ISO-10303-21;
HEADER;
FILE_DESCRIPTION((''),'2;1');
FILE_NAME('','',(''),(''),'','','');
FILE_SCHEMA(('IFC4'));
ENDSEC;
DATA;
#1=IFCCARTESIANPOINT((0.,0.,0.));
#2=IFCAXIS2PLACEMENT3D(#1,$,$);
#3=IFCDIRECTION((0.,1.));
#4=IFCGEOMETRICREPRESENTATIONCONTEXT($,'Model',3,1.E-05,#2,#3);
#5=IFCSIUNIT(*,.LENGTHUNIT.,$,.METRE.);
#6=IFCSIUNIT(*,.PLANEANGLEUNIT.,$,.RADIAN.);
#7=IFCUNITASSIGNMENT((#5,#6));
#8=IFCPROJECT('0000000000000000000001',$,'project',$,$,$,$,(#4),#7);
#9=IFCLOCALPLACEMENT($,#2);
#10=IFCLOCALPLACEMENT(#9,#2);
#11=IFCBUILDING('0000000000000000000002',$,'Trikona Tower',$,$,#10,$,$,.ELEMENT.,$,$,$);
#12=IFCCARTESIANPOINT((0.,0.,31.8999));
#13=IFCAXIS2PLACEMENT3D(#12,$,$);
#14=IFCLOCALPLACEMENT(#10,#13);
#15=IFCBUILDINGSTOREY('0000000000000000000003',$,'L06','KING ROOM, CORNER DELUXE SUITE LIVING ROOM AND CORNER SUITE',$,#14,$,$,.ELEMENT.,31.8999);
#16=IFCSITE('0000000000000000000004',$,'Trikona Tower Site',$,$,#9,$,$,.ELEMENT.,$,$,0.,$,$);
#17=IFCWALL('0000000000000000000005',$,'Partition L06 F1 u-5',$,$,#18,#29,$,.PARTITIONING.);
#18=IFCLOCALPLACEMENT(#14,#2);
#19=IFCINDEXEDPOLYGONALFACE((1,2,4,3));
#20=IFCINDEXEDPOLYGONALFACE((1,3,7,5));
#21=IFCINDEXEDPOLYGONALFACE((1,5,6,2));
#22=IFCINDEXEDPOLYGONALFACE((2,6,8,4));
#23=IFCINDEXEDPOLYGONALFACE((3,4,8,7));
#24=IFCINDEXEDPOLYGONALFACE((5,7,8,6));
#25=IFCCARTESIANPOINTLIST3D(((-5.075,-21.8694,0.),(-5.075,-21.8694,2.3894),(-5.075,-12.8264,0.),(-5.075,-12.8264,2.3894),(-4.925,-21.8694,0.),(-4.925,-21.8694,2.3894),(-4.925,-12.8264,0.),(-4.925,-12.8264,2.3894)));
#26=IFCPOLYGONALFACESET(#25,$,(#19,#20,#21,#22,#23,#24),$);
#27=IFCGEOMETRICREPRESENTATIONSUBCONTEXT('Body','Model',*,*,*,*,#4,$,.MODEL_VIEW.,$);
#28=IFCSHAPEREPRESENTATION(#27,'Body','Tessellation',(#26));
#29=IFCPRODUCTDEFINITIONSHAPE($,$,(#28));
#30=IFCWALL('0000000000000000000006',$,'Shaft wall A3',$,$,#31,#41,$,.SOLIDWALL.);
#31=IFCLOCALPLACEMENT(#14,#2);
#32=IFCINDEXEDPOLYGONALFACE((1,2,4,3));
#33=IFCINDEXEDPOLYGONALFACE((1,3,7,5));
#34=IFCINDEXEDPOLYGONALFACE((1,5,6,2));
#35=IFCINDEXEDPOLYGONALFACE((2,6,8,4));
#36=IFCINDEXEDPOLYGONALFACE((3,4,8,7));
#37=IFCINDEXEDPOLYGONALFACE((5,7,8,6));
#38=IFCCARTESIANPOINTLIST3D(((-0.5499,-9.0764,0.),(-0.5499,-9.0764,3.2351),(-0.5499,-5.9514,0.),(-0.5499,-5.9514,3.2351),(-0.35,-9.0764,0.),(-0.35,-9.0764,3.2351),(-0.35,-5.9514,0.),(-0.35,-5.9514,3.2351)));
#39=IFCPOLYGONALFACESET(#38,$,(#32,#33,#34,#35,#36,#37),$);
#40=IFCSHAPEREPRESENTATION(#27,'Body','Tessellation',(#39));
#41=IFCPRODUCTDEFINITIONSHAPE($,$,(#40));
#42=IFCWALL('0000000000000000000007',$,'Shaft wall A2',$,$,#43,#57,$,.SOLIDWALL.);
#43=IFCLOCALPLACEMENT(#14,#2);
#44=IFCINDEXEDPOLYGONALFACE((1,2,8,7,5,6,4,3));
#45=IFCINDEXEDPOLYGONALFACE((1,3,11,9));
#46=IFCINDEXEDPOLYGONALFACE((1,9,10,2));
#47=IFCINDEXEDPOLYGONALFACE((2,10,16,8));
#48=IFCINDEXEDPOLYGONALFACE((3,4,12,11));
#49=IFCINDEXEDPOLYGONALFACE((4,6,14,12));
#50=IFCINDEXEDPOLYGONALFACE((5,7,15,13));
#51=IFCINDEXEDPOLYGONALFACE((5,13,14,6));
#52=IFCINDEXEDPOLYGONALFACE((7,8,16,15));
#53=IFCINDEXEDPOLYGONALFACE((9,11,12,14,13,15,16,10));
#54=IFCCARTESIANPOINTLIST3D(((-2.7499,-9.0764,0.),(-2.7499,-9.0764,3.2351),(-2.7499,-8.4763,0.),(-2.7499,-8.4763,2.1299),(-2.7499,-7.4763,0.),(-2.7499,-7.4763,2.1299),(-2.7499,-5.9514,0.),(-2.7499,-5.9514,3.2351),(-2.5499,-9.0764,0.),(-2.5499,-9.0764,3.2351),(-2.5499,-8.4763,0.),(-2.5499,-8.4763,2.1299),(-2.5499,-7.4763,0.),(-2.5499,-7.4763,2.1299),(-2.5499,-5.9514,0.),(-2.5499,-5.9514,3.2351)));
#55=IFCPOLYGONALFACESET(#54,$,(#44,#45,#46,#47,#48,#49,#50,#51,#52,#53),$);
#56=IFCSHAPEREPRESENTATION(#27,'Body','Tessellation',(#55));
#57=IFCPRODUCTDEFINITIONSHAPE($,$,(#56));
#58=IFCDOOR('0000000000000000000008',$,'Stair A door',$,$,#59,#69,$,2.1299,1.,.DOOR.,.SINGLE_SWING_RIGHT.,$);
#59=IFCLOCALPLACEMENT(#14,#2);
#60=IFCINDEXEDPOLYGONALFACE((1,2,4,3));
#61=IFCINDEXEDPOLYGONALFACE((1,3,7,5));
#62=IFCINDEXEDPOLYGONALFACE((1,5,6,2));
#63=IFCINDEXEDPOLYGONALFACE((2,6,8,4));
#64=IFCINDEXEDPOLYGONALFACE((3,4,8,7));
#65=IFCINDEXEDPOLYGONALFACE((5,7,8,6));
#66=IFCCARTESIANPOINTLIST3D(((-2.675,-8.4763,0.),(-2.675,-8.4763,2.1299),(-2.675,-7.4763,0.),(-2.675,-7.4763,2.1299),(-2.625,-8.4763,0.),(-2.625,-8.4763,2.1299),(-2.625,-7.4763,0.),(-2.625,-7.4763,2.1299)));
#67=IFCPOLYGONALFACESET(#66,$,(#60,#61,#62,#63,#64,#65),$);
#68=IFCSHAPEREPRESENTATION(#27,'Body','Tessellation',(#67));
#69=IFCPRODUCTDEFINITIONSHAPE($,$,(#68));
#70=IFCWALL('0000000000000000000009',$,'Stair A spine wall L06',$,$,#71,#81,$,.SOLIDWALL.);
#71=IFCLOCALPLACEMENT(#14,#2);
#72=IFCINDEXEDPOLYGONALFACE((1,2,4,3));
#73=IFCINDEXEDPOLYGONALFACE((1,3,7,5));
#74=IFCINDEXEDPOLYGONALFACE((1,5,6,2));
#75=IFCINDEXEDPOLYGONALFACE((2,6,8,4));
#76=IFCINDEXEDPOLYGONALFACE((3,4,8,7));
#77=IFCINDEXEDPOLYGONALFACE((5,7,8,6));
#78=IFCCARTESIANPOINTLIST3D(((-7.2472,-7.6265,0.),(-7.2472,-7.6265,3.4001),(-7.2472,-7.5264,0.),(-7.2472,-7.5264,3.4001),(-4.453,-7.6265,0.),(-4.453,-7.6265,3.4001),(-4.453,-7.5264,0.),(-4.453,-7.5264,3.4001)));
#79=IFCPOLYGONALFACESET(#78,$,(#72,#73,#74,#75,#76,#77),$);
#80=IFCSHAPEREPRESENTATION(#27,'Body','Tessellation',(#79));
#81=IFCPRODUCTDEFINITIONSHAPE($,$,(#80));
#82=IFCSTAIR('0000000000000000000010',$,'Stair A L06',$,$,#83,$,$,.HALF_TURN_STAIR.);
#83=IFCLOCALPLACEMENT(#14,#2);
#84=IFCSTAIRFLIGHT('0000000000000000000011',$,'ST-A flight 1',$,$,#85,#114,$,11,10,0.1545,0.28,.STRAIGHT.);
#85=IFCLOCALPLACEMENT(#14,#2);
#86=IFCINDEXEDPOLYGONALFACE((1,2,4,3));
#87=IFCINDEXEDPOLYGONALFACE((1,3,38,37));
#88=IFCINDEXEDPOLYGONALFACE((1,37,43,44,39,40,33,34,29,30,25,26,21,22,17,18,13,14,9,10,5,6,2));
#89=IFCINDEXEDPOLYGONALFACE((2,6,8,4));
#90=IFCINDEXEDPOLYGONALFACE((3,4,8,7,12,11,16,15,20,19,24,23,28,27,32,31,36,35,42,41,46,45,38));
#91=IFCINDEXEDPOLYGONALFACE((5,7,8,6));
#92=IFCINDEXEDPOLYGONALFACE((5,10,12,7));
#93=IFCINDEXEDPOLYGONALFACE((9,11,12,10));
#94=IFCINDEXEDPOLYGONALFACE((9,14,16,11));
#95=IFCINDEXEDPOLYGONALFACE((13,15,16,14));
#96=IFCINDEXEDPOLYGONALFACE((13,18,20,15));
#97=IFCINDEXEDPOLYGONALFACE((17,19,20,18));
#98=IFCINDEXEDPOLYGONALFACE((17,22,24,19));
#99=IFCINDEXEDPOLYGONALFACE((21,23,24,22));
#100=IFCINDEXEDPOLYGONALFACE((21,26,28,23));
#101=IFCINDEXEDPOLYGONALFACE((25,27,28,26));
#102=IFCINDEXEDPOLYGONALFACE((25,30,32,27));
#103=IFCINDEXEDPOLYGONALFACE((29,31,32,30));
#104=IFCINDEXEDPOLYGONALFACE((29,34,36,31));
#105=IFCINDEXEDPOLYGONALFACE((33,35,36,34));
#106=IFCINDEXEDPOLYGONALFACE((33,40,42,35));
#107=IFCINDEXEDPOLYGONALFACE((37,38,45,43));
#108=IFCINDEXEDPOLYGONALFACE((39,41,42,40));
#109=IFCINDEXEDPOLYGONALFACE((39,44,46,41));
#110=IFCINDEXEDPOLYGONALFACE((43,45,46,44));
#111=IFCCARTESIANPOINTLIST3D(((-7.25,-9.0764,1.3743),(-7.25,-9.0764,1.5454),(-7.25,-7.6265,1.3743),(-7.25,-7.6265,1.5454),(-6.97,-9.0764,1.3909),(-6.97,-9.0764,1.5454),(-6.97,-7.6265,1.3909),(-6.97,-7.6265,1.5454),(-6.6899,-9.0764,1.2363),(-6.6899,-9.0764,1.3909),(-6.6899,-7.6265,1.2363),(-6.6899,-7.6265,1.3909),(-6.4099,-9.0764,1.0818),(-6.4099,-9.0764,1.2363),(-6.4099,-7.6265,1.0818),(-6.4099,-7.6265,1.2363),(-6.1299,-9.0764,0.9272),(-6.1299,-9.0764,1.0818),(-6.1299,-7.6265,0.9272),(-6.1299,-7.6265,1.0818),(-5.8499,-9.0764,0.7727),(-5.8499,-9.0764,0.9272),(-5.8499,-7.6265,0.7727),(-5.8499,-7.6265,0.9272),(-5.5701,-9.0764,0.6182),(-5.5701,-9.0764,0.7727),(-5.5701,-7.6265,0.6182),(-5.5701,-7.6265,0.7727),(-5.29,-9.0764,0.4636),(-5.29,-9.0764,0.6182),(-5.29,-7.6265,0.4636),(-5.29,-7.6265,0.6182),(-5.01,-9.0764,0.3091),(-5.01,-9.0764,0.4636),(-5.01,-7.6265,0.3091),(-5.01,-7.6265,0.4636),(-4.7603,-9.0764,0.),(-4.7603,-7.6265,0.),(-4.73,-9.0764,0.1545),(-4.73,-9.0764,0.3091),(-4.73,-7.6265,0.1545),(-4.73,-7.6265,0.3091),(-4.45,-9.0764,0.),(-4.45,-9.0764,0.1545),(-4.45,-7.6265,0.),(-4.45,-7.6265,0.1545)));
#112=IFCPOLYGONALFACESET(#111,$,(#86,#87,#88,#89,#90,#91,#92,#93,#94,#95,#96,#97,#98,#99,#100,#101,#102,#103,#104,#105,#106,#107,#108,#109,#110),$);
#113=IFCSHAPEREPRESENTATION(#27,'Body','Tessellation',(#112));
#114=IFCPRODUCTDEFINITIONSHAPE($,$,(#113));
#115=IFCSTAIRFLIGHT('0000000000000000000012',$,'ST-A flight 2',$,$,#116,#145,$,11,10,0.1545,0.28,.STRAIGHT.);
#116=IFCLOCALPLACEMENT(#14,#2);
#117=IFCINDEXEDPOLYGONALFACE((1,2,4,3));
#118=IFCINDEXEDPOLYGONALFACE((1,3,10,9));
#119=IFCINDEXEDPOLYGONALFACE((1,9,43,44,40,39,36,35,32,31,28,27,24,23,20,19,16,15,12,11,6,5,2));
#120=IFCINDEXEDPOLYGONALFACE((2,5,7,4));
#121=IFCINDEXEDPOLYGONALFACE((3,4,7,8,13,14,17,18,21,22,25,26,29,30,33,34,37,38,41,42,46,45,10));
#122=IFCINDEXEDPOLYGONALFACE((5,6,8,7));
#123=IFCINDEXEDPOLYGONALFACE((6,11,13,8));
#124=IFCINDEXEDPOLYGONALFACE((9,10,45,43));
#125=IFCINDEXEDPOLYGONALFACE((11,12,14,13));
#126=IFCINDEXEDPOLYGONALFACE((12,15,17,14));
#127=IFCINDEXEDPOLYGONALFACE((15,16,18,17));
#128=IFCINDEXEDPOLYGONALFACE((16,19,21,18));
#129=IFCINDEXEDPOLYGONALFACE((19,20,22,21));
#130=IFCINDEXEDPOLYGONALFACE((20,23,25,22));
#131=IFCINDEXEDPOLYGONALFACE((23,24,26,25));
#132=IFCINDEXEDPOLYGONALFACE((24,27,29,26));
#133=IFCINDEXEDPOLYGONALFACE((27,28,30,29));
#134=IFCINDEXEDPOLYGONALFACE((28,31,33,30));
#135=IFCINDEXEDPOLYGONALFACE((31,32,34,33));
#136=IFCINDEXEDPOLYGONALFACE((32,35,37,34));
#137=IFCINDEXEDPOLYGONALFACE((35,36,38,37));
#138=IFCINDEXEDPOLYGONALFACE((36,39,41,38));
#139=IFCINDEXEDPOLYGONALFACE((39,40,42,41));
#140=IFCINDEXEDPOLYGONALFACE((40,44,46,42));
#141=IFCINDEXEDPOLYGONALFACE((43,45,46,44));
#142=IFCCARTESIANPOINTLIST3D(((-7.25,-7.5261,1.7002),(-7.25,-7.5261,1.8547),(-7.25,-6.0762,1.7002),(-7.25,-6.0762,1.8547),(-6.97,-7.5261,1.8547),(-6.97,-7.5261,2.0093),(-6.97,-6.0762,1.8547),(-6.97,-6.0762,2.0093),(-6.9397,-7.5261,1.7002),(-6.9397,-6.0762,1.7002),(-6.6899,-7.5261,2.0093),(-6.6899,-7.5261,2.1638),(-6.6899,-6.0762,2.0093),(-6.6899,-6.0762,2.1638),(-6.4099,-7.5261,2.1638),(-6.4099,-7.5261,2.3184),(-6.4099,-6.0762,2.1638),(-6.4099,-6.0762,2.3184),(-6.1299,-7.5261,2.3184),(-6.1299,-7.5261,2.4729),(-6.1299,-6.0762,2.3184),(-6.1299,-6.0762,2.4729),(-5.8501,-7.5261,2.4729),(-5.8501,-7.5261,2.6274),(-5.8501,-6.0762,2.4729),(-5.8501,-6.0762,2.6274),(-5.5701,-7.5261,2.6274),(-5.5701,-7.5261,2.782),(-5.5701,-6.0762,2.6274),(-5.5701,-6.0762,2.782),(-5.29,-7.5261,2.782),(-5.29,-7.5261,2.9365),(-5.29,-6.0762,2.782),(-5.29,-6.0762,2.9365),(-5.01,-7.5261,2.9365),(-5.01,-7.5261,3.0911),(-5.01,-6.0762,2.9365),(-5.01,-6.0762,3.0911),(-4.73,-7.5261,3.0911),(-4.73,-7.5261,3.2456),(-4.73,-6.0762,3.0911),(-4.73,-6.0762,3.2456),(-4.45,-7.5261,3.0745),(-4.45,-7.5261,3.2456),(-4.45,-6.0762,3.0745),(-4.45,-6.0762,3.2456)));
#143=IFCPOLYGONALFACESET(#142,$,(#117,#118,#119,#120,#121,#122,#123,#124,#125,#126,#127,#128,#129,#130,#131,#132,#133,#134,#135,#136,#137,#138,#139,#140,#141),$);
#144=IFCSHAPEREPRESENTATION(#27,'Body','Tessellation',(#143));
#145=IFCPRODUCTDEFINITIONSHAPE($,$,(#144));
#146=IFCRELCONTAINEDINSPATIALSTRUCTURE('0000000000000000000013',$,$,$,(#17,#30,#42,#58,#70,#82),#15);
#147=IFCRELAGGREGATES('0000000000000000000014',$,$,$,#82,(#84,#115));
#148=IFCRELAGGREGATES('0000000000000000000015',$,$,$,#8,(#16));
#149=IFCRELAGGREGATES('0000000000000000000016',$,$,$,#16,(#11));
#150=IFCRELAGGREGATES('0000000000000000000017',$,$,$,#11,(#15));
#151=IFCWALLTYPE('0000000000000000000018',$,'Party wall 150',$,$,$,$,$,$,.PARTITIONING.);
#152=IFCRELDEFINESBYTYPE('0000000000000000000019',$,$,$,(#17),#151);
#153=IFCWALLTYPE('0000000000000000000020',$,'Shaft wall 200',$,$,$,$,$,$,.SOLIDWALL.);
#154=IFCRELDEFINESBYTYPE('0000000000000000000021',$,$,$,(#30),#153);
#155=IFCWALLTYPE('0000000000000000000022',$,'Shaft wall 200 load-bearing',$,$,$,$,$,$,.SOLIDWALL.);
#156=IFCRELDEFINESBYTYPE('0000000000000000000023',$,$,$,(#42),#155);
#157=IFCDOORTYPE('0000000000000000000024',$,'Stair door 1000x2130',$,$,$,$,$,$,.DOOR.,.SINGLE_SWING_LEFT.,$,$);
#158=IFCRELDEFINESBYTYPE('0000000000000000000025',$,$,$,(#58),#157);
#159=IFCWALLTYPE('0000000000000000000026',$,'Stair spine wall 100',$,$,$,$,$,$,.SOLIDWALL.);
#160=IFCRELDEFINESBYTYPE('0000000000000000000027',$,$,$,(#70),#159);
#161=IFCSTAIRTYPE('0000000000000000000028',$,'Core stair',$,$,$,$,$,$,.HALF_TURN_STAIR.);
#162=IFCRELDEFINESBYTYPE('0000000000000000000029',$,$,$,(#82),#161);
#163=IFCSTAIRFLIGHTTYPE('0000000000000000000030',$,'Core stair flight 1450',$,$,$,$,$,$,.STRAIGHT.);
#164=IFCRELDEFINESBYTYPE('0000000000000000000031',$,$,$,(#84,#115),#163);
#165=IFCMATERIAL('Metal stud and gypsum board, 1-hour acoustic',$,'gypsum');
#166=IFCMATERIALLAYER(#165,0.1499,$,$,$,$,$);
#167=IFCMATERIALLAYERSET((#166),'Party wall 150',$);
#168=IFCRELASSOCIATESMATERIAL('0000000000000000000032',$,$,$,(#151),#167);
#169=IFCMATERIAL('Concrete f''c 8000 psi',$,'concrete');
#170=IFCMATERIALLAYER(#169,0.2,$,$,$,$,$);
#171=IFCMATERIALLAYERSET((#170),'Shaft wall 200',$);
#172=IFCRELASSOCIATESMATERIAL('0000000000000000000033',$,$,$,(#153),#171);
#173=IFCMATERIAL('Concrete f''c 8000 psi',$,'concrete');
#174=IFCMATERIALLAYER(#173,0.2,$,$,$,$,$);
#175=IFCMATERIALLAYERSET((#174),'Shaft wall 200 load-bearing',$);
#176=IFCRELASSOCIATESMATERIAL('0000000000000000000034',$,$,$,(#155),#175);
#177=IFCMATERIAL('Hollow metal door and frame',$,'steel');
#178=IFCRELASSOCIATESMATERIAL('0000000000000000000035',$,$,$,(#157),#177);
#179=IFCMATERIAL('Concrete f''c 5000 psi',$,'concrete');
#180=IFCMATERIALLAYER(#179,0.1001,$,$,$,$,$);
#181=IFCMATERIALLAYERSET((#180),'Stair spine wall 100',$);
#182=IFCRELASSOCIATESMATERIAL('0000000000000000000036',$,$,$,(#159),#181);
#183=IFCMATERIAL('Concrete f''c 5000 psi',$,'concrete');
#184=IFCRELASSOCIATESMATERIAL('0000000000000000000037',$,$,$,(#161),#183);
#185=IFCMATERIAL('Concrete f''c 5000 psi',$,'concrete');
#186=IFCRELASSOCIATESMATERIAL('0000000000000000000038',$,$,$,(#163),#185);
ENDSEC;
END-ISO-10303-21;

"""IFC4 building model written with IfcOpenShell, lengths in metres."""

from ifc_helpers import new_model, si_unit, direction, frame, frame_2d, origin, place, context, subcontext, project, spatial, polyline, rectangle, outline, extrude, material, layer, layer_set, type_object, element, fill, aggregate, save


model = new_model("IFC4")

# Units and contexts
model_context = context("Model", 3, precision=1e-05, world=origin(), true_north=direction((0.0, 1.0)))
body_context = subcontext(model_context, "Body", "Model", "MODEL_VIEW")
ifc_project = project(units=[si_unit("LENGTHUNIT", "METRE"), si_unit("PLANEANGLEUNIT", "RADIAN")], contexts=[model_context])

# Site, building, storey
site_placement = place(None, origin())
site = spatial("IfcSite", under=ifc_project, at=site_placement, Name="Trikona Tower Site", CompositionType="ELEMENT", RefElevation=0.0)
building_placement = place(site_placement, origin())
building = spatial("IfcBuilding", under=site, at=building_placement, Name="Trikona Tower", CompositionType="ELEMENT")
storey_placement = place(building_placement, frame((0.0, 0.0, 31.8999)))
storey = spatial("IfcBuildingStorey", under=building, at=storey_placement, Name="L06", Description="KING ROOM, CORNER DELUXE SUITE LIVING ROOM AND CORNER SUITE", CompositionType="ELEMENT", Elevation=31.8999)

# Walls
ifc_material_1 = material(Name="Metal stud and gypsum board, 1-hour acoustic", Category="gypsum")
ifc_layer_1 = layer(ifc_material_1, 0.1499)
ifc_layer_set_1 = layer_set([ifc_layer_1], Name="Party wall 150")
wall_type_1 = type_object("IfcWallType", Name="Party wall 150", PredefinedType="PARTITIONING", material=ifc_layer_set_1)
wall_1_placement = place(storey_placement, frame((-5.0, -12.8264, 0.0), z_axis=(0.0, 0.0, 1.0), x_axis=(0.0, -1.0, 0.0)))
element("IfcWall", 1, at=wall_1_placement, inside=storey, type_object=wall_type_1, Name="Partition L06 F1 u-5", PredefinedType="PARTITIONING", context=body_context, shape_type="SweptSolid", body=[
    extrude(rectangle(XDim=9.043, YDim=0.1499, at=frame_2d((4.5215, 0.0))), origin(), (0.0, 0.0, 1.0), 2.3894),
])
ifc_material_2 = material(Name="Concrete f'c 8000 psi", Category="concrete")
ifc_layer_2 = layer(ifc_material_2, 0.2)
ifc_layer_set_2 = layer_set([ifc_layer_2], Name="Shaft wall 200")
wall_type_2 = type_object("IfcWallType", Name="Shaft wall 200", PredefinedType="SOLIDWALL", material=ifc_layer_set_2)
wall_2_placement = place(storey_placement, frame((-0.45, -5.9514, 0.0), z_axis=(0.0, 0.0, 1.0), x_axis=(0.0, -1.0, 0.0)))
element("IfcWall", 2, at=wall_2_placement, inside=storey, type_object=wall_type_2, Name="Shaft wall A3", PredefinedType="SOLIDWALL", context=body_context, shape_type="SweptSolid", body=[
    extrude(rectangle(XDim=3.125, YDim=0.2, at=frame_2d((1.5625, 0.0))), origin(), (0.0, 0.0, 1.0), 3.2351),
])

# Wall, opening, door
ifc_material_3 = material(Name="Concrete f'c 8000 psi", Category="concrete")
ifc_layer_3 = layer(ifc_material_3, 0.2)
ifc_layer_set_3 = layer_set([ifc_layer_3], Name="Shaft wall 200 load-bearing")
wall_type_3 = type_object("IfcWallType", Name="Shaft wall 200 load-bearing", PredefinedType="SOLIDWALL", material=ifc_layer_set_3)
wall_3_placement = place(storey_placement, frame((-2.6499, -5.9514, 0.0), z_axis=(0.0, 0.0, 1.0), x_axis=(0.0, -1.0, 0.0)))
wall_3 = element("IfcWall", 3, at=wall_3_placement, inside=storey, type_object=wall_type_3, Name="Shaft wall A2", PredefinedType="SOLIDWALL", context=body_context, shape_type="SweptSolid", body=[
    extrude(rectangle(XDim=3.125, YDim=0.2, at=frame_2d((1.5625, 0.0))), origin(), (0.0, 0.0, 1.0), 3.2351),
])
opening_1_placement = place(wall_3_placement, frame((1.5249, 0.0, 0.0)))
opening_1 = element("IfcOpeningElement", 4, at=opening_1_placement, cuts=wall_3, PredefinedType="OPENING", context=body_context, shape_type="SweptSolid", body=[
    extrude(rectangle(XDim=1.0, YDim=2.1299, at=frame_2d((0.5, 1.0649))), frame((0.0, 0.1099, 0.0), z_axis=(0.0, -1.0, 0.0), x_axis=(1.0, 0.0, 0.0)), (0.0, 0.0, 1.0), 0.22),
])
ifc_material_4 = material(Name="Hollow metal door and frame", Category="steel")
door_type_1 = type_object("IfcDoorType", Name="Stair door 1000x2130", OperationType="SINGLE_SWING_LEFT", PredefinedType="DOOR", material=ifc_material_4)
door_1_placement = place(opening_1_placement, origin())
door_1 = element("IfcDoor", 5, at=door_1_placement, inside=storey, type_object=door_type_1, Name="Stair A door", OperationType="SINGLE_SWING_RIGHT", OverallHeight=2.1299, OverallWidth=1.0, PredefinedType="DOOR", context=body_context, shape_type="SweptSolid", body=[
    extrude(rectangle(XDim=1.0, YDim=2.1299, at=frame_2d((0.5, 1.0649))), frame((0.0, 0.0249, 0.0), z_axis=(0.0, -1.0, 0.0), x_axis=(1.0, 0.0, 0.0)), (0.0, 0.0, 1.0), 0.05),
])
fill(opening_1, door_1)

# Wall
ifc_material_5 = material(Name="Concrete f'c 5000 psi", Category="concrete")
ifc_layer_4 = layer(ifc_material_5, 0.1001)
ifc_layer_set_4 = layer_set([ifc_layer_4], Name="Stair spine wall 100")
wall_type_4 = type_object("IfcWallType", Name="Stair spine wall 100", PredefinedType="SOLIDWALL", material=ifc_layer_set_4)
wall_4_placement = place(storey_placement, frame((-7.2471, -7.5764, 0.0), z_axis=(0.0, 0.0, 1.0), x_axis=(1.0, 0.0, 0.0)))
element("IfcWall", 6, at=wall_4_placement, inside=storey, type_object=wall_type_4, Name="Stair A spine wall L06", PredefinedType="SOLIDWALL", context=body_context, shape_type="SweptSolid", body=[
    extrude(rectangle(XDim=2.7942, YDim=0.1001, at=frame_2d((1.397, 0.0))), origin(), (0.0, 0.0, 1.0), 3.4001),
])

# Stair, stair flights
ifc_material_6 = material(Name="Concrete f'c 5000 psi", Category="concrete")
stair_type = type_object("IfcStairType", Name="Core stair", PredefinedType="HALF_TURN_STAIR", material=ifc_material_6)
stair_placement = place(storey_placement, origin())
stair = element("IfcStair", 7, at=stair_placement, inside=storey, type_object=stair_type, Name="Stair A L06", PredefinedType="HALF_TURN_STAIR")
ifc_material_7 = material(Name="Concrete f'c 5000 psi", Category="concrete")
stair_flight_type = type_object("IfcStairFlightType", Name="Core stair flight 1450", PredefinedType="STRAIGHT", material=ifc_material_7)
stair_flight_1_placement = place(storey_placement, frame((-4.45, -8.3513, 0.0), z_axis=(0.0, 0.0, 1.0), x_axis=(-1.0, 0.0, 0.0)))
stair_flight_1 = element("IfcStairFlight", 8, at=stair_flight_1_placement, type_object=stair_flight_type, Name="ST-A flight 1", NumberOfRisers=11, NumberOfTreads=10, PredefinedType="STRAIGHT", RiserHeight=0.1545, TreadLength=0.28, context=body_context, shape_type="SweptSolid", body=[
    extrude(outline(polyline([(0.0, 0.0), (0.0, 0.1545), (0.28, 0.1545), (0.28, 0.3091), (0.5601, 0.3091), (0.5601, 0.4636), (0.8401, 0.4636), (0.8401, 0.6182), (1.1201, 0.6182), (1.1201, 0.7727), (1.3999, 0.7727), (1.3999, 0.9272), (1.6799, 0.9272), (1.6799, 1.0818), (1.96, 1.0818), (1.96, 1.2363), (2.24, 1.2363), (2.24, 1.3909), (2.52, 1.3909), (2.52, 1.5454), (2.8, 1.5454), (2.8, 1.7), (2.8, 1.3743), (0.3103, 0.0), (0.0, 0.0)])), frame((0.0, 0.7251, 0.0), z_axis=(0.0, -1.0, 0.0), x_axis=(1.0, 0.0, 0.0)), (0.0, 0.0, 1.0), 1.45),
])
stair_flight_2_placement = place(storey_placement, frame((-7.25, -6.8013, 1.7002), z_axis=(0.0, 0.0, 1.0), x_axis=(1.0, 0.0, 0.0)))
stair_flight_2 = element("IfcStairFlight", 9, at=stair_flight_2_placement, type_object=stair_flight_type, Name="ST-A flight 2", NumberOfRisers=11, NumberOfTreads=10, PredefinedType="STRAIGHT", RiserHeight=0.1545, TreadLength=0.28, context=body_context, shape_type="SweptSolid", body=[
    extrude(outline(polyline([(0.0, 0.0), (0.0, 0.1545), (0.28, 0.1545), (0.28, 0.3091), (0.5601, 0.3091), (0.5601, 0.4636), (0.8401, 0.4636), (0.8401, 0.6182), (1.1201, 0.6182), (1.1201, 0.7727), (1.3999, 0.7727), (1.3999, 0.9272), (1.6799, 0.9272), (1.6799, 1.0818), (1.96, 1.0818), (1.96, 1.2363), (2.24, 1.2363), (2.24, 1.3909), (2.52, 1.3909), (2.52, 1.5454), (2.8, 1.5454), (2.8, 1.7), (2.8, 1.3743), (0.3103, 0.0), (0.0, 0.0)])), frame((0.0, 0.7251, 0.0), z_axis=(0.0, -1.0, 0.0), x_axis=(1.0, 0.0, 0.0)), (0.0, 0.0, 1.0), 1.45),
])
aggregate(stair, [stair_flight_1, stair_flight_2])

save(model, "model.ifc")
